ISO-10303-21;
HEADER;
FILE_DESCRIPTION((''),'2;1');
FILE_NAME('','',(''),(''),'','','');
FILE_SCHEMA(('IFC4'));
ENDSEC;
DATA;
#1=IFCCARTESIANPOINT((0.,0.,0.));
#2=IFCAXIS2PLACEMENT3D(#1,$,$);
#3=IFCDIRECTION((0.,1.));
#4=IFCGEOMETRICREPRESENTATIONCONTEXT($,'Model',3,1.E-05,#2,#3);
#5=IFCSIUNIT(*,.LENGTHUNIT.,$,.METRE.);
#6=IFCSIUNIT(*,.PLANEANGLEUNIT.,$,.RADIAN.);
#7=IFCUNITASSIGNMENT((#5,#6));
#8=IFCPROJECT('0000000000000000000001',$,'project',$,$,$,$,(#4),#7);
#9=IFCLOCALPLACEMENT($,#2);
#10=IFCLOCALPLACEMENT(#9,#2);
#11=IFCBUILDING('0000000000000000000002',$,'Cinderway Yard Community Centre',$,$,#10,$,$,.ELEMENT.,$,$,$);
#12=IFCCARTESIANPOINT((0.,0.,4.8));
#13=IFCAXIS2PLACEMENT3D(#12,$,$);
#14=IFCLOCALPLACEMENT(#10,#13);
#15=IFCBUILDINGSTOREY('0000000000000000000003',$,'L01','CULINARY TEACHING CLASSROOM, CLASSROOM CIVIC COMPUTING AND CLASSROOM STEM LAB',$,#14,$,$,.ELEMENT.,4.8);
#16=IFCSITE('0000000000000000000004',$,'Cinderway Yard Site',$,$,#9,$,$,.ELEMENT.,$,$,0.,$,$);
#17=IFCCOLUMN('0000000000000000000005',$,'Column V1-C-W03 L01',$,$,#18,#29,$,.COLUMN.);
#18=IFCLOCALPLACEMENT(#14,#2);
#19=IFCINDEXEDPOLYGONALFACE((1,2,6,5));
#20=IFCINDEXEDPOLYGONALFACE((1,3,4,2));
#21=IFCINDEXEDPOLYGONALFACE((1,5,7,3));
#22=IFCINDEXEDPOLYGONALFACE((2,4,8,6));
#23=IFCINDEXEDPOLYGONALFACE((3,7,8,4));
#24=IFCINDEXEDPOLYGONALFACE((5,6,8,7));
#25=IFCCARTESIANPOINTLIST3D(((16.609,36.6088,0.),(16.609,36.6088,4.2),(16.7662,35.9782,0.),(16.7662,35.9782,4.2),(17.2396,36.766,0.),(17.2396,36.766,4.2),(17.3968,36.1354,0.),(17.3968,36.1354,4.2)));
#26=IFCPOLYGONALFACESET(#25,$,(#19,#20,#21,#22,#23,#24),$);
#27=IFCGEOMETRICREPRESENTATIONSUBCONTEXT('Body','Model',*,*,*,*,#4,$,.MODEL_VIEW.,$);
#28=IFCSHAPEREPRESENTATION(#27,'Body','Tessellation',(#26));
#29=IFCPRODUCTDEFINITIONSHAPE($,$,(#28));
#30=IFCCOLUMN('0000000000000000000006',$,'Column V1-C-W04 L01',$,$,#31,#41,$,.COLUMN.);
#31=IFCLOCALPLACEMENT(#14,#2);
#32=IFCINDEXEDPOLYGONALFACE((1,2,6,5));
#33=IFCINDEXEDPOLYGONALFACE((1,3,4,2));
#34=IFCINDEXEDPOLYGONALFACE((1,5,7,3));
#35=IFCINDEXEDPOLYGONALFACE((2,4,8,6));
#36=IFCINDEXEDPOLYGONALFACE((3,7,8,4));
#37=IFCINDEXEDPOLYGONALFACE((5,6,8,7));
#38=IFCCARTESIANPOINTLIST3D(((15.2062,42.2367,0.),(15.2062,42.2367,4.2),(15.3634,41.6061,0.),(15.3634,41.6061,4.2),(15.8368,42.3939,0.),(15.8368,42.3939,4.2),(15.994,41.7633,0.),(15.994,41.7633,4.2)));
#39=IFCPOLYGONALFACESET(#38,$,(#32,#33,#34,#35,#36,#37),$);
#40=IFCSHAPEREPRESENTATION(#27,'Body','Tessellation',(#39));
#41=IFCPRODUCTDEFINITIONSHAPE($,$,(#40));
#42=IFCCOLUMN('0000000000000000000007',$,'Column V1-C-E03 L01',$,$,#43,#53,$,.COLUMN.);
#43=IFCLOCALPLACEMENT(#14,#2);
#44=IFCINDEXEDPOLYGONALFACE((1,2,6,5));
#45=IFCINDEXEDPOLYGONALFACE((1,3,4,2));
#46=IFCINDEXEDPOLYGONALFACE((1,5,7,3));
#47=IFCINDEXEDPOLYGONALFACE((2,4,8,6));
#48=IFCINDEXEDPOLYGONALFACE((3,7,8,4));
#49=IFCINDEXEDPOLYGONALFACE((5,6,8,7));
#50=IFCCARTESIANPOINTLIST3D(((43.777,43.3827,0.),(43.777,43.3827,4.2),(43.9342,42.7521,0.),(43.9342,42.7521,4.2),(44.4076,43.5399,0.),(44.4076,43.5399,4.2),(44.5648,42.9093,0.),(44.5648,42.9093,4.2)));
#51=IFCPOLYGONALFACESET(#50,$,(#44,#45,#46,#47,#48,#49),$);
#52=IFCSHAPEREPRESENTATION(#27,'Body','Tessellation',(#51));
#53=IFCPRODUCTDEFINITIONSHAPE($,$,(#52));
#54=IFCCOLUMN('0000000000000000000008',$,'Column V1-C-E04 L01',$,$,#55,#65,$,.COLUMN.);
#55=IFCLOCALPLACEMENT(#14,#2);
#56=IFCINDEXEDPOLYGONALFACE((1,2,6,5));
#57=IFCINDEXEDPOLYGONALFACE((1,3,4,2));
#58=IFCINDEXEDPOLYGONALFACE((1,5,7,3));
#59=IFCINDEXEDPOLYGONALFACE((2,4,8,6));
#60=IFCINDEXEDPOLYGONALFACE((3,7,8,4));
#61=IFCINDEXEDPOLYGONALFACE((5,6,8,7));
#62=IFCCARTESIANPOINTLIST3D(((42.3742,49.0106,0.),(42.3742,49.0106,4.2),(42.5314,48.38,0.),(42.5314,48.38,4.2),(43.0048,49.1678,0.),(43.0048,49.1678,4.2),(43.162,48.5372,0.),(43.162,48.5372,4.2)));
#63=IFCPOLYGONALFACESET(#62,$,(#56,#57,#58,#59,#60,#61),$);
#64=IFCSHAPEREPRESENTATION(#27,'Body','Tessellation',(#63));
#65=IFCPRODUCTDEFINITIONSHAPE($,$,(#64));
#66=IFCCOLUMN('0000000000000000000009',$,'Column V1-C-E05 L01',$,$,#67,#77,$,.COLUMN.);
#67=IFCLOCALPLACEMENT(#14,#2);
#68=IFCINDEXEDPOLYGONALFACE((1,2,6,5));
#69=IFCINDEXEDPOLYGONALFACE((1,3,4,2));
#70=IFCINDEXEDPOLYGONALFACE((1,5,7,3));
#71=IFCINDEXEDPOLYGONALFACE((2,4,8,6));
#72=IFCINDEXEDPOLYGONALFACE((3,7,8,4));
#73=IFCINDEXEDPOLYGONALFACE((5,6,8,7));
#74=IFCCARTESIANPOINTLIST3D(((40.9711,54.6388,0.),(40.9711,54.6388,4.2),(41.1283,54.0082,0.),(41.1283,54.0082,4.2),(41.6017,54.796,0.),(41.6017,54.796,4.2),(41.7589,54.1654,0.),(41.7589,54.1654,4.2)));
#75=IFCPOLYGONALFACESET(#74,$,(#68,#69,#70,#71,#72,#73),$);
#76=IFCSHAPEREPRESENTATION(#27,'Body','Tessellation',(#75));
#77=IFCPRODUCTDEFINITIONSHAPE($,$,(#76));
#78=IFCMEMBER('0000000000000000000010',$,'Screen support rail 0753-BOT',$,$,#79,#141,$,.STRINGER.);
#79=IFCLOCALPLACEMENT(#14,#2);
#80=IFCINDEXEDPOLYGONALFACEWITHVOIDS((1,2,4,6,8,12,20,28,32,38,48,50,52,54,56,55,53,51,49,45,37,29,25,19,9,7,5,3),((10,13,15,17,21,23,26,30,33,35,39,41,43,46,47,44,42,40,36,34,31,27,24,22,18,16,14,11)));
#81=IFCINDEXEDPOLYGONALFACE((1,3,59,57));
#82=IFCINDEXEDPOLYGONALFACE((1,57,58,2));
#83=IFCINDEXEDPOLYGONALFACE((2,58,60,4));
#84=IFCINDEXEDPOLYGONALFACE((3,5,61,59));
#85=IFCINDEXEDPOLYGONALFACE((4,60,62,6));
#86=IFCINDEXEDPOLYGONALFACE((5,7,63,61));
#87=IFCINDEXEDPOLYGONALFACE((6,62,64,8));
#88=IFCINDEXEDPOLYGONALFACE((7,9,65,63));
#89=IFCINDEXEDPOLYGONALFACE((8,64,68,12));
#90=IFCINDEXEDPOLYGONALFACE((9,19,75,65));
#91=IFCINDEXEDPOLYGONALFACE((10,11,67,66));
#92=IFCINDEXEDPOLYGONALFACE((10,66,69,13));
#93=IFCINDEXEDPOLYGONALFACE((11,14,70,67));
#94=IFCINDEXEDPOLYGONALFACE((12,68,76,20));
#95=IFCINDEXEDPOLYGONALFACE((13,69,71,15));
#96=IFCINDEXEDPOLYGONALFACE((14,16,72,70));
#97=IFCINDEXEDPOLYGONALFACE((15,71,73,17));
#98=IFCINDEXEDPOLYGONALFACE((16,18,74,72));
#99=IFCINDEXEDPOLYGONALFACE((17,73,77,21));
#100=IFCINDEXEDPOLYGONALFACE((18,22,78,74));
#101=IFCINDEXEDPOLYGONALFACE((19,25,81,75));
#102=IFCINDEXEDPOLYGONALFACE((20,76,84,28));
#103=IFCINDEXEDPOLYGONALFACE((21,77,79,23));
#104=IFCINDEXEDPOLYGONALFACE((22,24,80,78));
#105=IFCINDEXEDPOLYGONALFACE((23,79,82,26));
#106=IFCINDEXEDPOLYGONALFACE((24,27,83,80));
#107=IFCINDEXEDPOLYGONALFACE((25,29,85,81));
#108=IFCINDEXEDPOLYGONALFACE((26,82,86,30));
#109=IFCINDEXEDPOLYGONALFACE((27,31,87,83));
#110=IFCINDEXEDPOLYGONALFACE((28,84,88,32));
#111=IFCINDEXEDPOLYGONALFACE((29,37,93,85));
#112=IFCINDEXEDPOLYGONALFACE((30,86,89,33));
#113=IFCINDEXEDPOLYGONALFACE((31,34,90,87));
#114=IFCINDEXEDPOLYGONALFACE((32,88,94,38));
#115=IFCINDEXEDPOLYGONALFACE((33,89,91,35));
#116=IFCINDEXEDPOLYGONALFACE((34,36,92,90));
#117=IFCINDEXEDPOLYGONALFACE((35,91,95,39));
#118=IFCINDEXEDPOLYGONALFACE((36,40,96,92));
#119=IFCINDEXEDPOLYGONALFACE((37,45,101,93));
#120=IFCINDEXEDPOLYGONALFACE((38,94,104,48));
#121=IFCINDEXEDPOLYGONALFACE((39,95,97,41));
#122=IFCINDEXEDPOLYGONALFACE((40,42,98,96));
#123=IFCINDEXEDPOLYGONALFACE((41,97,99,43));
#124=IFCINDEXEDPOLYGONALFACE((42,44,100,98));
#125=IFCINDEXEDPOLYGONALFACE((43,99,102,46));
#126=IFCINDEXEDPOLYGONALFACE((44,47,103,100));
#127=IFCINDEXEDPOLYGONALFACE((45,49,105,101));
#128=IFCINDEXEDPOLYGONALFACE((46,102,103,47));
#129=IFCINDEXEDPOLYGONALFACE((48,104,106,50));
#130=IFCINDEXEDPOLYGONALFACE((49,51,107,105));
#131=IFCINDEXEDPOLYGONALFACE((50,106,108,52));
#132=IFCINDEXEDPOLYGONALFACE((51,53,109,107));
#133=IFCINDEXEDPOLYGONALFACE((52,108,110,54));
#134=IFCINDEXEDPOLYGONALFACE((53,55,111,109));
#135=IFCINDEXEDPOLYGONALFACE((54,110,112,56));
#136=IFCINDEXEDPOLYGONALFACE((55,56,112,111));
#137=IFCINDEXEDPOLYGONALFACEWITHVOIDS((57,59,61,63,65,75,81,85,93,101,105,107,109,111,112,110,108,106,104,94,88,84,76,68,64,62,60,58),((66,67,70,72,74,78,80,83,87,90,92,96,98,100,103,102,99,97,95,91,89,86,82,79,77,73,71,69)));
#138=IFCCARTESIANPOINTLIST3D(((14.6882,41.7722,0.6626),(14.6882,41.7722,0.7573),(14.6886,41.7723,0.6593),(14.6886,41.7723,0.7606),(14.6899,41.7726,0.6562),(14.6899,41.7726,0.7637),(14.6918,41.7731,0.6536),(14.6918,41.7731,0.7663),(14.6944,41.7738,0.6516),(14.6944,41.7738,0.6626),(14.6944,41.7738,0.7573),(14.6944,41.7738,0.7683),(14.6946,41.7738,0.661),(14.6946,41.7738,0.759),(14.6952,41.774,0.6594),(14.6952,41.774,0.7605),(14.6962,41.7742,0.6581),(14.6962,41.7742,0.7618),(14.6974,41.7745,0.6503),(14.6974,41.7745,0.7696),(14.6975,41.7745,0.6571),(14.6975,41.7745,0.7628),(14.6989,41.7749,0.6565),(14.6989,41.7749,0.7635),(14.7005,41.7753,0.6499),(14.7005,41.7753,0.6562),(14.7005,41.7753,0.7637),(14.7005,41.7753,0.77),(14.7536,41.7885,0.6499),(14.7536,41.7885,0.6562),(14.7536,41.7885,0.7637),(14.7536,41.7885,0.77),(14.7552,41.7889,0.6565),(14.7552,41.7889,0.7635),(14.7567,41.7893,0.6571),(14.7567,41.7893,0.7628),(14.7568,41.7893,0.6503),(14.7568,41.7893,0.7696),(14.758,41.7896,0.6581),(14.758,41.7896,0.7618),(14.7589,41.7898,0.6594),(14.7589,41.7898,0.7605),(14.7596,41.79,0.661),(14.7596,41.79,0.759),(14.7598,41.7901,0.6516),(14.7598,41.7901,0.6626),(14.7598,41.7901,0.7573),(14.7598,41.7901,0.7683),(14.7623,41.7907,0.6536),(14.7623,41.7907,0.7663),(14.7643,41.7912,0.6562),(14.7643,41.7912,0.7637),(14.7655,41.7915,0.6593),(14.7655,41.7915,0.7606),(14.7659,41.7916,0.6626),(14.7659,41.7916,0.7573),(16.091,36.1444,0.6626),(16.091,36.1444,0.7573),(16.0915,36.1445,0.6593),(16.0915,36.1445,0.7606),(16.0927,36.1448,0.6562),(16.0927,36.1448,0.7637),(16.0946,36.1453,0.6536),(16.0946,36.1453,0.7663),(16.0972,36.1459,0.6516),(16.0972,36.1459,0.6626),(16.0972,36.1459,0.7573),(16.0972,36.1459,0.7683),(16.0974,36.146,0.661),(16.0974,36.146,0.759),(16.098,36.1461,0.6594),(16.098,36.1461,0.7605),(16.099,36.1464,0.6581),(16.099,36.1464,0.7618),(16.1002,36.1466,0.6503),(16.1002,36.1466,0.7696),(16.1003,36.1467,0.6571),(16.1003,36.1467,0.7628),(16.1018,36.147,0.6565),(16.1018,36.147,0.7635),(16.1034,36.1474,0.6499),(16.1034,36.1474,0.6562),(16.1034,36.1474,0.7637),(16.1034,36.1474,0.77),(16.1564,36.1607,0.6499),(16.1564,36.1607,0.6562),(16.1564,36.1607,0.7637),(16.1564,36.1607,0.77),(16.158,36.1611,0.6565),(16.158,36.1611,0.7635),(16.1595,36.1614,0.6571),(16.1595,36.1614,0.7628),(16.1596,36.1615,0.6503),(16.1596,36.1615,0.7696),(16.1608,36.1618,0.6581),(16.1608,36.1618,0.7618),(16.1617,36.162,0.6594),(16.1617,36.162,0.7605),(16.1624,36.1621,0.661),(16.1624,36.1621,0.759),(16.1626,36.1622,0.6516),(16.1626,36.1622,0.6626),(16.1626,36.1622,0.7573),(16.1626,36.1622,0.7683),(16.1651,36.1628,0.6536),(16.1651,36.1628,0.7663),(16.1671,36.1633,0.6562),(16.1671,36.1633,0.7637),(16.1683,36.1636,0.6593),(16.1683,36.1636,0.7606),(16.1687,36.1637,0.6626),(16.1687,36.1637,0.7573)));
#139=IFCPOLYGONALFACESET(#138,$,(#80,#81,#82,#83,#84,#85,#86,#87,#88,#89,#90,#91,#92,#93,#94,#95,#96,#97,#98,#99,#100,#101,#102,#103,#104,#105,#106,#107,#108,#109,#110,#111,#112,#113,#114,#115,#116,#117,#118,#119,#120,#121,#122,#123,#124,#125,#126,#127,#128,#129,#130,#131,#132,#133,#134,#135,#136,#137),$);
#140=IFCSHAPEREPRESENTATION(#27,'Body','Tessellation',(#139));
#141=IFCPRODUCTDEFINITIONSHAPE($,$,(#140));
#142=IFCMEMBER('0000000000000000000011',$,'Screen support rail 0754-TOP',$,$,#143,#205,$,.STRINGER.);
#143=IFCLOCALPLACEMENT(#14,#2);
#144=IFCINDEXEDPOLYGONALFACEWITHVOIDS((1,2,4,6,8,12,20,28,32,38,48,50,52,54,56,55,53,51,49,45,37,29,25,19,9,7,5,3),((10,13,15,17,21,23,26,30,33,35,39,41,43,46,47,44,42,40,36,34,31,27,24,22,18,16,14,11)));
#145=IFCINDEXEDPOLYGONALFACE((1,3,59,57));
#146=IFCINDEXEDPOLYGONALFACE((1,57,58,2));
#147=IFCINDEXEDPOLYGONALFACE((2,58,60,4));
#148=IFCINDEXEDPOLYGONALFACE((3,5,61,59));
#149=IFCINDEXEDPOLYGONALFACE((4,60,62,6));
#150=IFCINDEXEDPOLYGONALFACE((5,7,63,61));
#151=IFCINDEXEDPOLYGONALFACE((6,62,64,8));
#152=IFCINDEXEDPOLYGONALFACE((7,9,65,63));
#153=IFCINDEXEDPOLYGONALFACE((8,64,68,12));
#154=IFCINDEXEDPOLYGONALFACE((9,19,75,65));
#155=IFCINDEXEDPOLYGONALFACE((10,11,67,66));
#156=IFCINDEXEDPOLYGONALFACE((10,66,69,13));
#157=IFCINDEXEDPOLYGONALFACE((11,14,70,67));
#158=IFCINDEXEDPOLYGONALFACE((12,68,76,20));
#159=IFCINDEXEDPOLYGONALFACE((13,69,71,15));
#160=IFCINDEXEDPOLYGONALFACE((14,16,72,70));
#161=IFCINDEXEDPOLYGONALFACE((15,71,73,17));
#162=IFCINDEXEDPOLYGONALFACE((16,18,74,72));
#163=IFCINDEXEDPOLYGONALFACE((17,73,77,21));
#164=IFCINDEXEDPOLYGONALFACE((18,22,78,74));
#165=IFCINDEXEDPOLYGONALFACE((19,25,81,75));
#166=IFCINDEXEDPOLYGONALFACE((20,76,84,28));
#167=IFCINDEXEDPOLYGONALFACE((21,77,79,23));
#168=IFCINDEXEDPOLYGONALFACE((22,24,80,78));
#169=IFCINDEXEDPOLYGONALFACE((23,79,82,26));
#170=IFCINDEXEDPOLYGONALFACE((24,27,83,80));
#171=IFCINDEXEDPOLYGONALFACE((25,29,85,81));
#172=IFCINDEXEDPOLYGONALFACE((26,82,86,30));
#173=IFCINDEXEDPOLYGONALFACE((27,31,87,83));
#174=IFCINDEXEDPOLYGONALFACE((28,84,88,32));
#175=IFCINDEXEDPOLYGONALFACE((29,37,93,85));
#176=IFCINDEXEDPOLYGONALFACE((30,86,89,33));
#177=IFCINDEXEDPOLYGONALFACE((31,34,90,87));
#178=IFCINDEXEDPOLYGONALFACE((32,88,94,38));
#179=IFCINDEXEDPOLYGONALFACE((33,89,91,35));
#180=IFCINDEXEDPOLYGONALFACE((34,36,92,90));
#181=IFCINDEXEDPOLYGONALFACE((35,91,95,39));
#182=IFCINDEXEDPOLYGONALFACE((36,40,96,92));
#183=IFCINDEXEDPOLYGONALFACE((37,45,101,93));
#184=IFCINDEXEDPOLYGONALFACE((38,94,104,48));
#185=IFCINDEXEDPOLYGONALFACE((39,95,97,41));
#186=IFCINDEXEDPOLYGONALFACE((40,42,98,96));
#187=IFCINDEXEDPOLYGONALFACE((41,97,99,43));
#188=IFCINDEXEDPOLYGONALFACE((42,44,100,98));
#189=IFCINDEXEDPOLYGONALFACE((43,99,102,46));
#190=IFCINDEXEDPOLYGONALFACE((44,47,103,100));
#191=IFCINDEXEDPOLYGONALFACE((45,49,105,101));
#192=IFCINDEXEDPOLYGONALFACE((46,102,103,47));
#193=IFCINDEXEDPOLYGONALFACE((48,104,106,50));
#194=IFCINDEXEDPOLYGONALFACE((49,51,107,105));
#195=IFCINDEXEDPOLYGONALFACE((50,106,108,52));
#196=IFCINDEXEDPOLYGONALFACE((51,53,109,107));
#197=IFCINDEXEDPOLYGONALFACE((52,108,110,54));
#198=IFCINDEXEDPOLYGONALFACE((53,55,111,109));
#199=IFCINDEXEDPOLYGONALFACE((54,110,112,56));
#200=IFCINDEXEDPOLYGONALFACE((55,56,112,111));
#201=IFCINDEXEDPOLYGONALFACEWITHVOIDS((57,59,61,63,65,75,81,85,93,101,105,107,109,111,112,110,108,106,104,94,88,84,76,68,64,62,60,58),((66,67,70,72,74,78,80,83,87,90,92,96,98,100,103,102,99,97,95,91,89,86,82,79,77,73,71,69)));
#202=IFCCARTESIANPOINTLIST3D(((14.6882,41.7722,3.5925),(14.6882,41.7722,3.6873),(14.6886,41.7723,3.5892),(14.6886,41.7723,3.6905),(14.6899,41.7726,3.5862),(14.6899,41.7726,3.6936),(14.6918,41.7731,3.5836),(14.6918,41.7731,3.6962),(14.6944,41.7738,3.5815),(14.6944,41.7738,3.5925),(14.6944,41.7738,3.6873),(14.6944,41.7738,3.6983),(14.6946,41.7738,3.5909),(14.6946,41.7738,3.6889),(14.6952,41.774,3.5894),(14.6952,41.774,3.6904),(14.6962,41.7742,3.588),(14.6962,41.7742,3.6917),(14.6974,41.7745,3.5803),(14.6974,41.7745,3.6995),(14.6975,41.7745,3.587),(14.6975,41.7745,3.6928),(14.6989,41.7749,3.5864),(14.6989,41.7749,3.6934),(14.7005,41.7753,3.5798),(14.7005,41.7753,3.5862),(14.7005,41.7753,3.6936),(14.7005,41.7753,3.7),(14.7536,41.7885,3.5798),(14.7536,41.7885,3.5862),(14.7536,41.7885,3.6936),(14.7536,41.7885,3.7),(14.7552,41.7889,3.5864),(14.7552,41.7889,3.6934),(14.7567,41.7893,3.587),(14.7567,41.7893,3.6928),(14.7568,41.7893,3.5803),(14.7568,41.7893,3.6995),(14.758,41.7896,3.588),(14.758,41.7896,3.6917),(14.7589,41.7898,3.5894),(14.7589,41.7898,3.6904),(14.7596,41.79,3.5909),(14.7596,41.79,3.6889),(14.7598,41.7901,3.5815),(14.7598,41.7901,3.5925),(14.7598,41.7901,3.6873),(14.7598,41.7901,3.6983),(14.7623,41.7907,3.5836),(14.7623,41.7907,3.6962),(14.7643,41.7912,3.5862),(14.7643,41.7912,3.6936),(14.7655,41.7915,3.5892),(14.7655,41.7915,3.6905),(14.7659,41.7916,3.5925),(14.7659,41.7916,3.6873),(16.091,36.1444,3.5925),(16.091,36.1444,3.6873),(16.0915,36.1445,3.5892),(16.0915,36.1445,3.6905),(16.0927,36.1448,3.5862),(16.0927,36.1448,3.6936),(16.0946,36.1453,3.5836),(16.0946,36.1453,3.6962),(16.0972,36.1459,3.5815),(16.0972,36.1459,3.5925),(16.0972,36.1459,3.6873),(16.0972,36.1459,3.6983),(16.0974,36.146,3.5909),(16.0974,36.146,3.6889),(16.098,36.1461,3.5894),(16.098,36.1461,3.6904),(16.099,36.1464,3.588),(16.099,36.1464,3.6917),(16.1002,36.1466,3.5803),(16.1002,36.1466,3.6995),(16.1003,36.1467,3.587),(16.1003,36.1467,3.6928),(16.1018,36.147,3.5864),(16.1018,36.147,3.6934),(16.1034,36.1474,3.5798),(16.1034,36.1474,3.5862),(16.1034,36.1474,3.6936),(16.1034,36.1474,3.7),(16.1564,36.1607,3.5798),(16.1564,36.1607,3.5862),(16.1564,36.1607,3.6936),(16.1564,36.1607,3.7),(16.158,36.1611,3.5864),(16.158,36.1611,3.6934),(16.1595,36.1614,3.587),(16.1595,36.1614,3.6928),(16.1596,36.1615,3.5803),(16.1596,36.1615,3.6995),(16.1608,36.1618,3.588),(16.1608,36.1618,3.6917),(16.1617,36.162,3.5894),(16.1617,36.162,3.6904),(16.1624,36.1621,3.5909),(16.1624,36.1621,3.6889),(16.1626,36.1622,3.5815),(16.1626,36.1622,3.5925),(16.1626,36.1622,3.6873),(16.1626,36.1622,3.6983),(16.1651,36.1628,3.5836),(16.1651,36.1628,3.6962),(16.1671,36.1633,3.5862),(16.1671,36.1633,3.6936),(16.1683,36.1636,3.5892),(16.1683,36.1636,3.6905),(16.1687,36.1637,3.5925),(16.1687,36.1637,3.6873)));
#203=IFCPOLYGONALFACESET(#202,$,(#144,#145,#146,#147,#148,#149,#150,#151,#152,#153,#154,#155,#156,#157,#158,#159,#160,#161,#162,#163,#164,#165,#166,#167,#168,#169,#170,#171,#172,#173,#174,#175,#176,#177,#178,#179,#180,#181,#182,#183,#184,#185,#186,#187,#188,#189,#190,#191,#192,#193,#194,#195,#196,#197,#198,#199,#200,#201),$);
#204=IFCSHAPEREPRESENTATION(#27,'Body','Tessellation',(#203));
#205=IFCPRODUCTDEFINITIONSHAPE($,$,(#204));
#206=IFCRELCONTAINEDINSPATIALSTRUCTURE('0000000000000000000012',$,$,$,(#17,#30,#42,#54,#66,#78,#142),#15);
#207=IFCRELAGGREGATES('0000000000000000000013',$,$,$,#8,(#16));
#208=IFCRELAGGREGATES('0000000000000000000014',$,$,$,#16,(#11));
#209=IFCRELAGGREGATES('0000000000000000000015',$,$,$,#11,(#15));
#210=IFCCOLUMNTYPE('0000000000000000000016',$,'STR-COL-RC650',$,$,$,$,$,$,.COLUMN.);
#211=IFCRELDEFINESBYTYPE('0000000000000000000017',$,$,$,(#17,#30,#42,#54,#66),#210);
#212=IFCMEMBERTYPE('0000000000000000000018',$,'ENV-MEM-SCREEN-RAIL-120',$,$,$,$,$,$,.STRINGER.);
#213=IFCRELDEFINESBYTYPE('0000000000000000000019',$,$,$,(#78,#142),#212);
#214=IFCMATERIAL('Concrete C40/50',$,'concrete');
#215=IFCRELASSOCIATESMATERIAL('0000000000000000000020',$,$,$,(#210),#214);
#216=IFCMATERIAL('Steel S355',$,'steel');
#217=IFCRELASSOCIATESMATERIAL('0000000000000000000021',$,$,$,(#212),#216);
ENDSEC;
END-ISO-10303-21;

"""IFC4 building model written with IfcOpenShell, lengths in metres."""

from ifc_helpers import new_model, si_unit, direction, frame, origin, origin_2d, place, context, subcontext, project, spatial, rectangle, hollow_rectangle, extrude, material, material_profile, profile_set, type_object, element, save


model = new_model("IFC4")

# Units and contexts
model_context = context("Model", 3, precision=1e-05, world=origin(), true_north=direction((0.0, 1.0)))
body_context = subcontext(model_context, "Body", "Model", "MODEL_VIEW")
ifc_project = project(units=[si_unit("LENGTHUNIT", "METRE"), si_unit("PLANEANGLEUNIT", "RADIAN")], contexts=[model_context])

# Site, building, storey
site_placement = place(None, origin())
site = spatial("IfcSite", under=ifc_project, at=site_placement, Name="Cinderway Yard Site", CompositionType="ELEMENT", RefElevation=0.0)
building_placement = place(site_placement, origin())
building = spatial("IfcBuilding", under=site, at=building_placement, Name="Cinderway Yard Community Centre", CompositionType="ELEMENT")
storey_placement = place(building_placement, frame((0.0, 0.0, 4.8)))
storey = spatial("IfcBuildingStorey", under=building, at=storey_placement, Name="L01", Description="CULINARY TEACHING CLASSROOM, CLASSROOM CIVIC COMPUTING AND CLASSROOM STEM LAB", CompositionType="ELEMENT", Elevation=4.8)

# Columns
ifc_material_1 = material(Name="Concrete C40/50", Category="concrete")
ifc_material_profile_1 = material_profile(ifc_material_1, rectangle(XDim=0.6499, YDim=0.6499, at=origin_2d()), Name="Concrete C40/50")
ifc_profile_set_1 = profile_set([ifc_material_profile_1], Name="Concrete C40/50")
column_type = type_object("IfcColumnType", Name="STR-COL-RC650", PredefinedType="COLUMN", material=ifc_profile_set_1)
for number, where, z_axis, x_axis, name in (
    (1, (17.0029, 36.3721, 0.0), (0.0, 0.0, 1.0), (0.970296, 0.241922, 0.0), "Column V1-C-W03 L01"),
    (2, (15.6001, 42.0, 0.0), (0.0, 0.0, 1.0), (0.970296, 0.241922, 0.0), "Column V1-C-W04 L01"),
    (3, (44.1709, 43.146, 0.0), (0.0, 0.0, 1.0), (0.970296, 0.241922, 0.0), "Column V1-C-E03 L01"),
    (4, (42.7681, 48.7739, 0.0), (0.0, 0.0, 1.0), (0.970296, 0.241922, 0.0), "Column V1-C-E04 L01"),
    (5, (41.365, 54.4021, 0.0), (0.0, 0.0, 1.0), (0.970296, 0.241922, 0.0), "Column V1-C-E05 L01"),
):
    element("IfcColumn", number, at=place(storey_placement, frame(where, z_axis=z_axis, x_axis=x_axis)), inside=storey, type_object=column_type, Name=name, PredefinedType="COLUMN", context=body_context, shape_type="SweptSolid", body=[
        extrude(rectangle(XDim=0.6499, YDim=0.6499, at=origin_2d()), origin(), (0.0, 0.0, 1.0), 4.2),
    ])

# Members
ifc_material_2 = material(Name="Steel S355", Category="steel")
ifc_material_profile_2 = material_profile(ifc_material_2, hollow_rectangle(XDim=0.0801, YDim=0.1201, WallThickness=0.0063, InnerFilletRadius=0.0063, OuterFilletRadius=0.0127, at=origin_2d()), Name="Steel S355")
ifc_profile_set_2 = profile_set([ifc_material_profile_2], Name="Steel S355")
member_type_1 = type_object("IfcMemberType", Name="ENV-MEM-SCREEN-RAIL-120", PredefinedType="STRINGER", material=ifc_profile_set_2)
for number, where, z_axis, x_axis, name in (
    (6, (16.1299, 36.1541, 0.71), (-0.241862, 0.970311, 0.0), (-0.970311, -0.241862, 0.0), "Screen support rail 0753-BOT"),
    (7, (16.1299, 36.1541, 3.6399), (-0.241862, 0.970311, 0.0), (-0.970311, -0.241862, 0.0), "Screen support rail 0754-TOP"),
):
    element("IfcMember", number, at=place(storey_placement, frame(where, z_axis=z_axis, x_axis=x_axis)), inside=storey, type_object=member_type_1, Name=name, PredefinedType="STRINGER", context=body_context, shape_type="SweptSolid", body=[
        extrude(hollow_rectangle(XDim=0.0801, YDim=0.1201, WallThickness=0.0063, InnerFilletRadius=0.0063, OuterFilletRadius=0.0127, at=origin_2d()), origin(), (0.0, 0.0, 1.0), 5.8),
    ])

save(model, "model.ifc")
